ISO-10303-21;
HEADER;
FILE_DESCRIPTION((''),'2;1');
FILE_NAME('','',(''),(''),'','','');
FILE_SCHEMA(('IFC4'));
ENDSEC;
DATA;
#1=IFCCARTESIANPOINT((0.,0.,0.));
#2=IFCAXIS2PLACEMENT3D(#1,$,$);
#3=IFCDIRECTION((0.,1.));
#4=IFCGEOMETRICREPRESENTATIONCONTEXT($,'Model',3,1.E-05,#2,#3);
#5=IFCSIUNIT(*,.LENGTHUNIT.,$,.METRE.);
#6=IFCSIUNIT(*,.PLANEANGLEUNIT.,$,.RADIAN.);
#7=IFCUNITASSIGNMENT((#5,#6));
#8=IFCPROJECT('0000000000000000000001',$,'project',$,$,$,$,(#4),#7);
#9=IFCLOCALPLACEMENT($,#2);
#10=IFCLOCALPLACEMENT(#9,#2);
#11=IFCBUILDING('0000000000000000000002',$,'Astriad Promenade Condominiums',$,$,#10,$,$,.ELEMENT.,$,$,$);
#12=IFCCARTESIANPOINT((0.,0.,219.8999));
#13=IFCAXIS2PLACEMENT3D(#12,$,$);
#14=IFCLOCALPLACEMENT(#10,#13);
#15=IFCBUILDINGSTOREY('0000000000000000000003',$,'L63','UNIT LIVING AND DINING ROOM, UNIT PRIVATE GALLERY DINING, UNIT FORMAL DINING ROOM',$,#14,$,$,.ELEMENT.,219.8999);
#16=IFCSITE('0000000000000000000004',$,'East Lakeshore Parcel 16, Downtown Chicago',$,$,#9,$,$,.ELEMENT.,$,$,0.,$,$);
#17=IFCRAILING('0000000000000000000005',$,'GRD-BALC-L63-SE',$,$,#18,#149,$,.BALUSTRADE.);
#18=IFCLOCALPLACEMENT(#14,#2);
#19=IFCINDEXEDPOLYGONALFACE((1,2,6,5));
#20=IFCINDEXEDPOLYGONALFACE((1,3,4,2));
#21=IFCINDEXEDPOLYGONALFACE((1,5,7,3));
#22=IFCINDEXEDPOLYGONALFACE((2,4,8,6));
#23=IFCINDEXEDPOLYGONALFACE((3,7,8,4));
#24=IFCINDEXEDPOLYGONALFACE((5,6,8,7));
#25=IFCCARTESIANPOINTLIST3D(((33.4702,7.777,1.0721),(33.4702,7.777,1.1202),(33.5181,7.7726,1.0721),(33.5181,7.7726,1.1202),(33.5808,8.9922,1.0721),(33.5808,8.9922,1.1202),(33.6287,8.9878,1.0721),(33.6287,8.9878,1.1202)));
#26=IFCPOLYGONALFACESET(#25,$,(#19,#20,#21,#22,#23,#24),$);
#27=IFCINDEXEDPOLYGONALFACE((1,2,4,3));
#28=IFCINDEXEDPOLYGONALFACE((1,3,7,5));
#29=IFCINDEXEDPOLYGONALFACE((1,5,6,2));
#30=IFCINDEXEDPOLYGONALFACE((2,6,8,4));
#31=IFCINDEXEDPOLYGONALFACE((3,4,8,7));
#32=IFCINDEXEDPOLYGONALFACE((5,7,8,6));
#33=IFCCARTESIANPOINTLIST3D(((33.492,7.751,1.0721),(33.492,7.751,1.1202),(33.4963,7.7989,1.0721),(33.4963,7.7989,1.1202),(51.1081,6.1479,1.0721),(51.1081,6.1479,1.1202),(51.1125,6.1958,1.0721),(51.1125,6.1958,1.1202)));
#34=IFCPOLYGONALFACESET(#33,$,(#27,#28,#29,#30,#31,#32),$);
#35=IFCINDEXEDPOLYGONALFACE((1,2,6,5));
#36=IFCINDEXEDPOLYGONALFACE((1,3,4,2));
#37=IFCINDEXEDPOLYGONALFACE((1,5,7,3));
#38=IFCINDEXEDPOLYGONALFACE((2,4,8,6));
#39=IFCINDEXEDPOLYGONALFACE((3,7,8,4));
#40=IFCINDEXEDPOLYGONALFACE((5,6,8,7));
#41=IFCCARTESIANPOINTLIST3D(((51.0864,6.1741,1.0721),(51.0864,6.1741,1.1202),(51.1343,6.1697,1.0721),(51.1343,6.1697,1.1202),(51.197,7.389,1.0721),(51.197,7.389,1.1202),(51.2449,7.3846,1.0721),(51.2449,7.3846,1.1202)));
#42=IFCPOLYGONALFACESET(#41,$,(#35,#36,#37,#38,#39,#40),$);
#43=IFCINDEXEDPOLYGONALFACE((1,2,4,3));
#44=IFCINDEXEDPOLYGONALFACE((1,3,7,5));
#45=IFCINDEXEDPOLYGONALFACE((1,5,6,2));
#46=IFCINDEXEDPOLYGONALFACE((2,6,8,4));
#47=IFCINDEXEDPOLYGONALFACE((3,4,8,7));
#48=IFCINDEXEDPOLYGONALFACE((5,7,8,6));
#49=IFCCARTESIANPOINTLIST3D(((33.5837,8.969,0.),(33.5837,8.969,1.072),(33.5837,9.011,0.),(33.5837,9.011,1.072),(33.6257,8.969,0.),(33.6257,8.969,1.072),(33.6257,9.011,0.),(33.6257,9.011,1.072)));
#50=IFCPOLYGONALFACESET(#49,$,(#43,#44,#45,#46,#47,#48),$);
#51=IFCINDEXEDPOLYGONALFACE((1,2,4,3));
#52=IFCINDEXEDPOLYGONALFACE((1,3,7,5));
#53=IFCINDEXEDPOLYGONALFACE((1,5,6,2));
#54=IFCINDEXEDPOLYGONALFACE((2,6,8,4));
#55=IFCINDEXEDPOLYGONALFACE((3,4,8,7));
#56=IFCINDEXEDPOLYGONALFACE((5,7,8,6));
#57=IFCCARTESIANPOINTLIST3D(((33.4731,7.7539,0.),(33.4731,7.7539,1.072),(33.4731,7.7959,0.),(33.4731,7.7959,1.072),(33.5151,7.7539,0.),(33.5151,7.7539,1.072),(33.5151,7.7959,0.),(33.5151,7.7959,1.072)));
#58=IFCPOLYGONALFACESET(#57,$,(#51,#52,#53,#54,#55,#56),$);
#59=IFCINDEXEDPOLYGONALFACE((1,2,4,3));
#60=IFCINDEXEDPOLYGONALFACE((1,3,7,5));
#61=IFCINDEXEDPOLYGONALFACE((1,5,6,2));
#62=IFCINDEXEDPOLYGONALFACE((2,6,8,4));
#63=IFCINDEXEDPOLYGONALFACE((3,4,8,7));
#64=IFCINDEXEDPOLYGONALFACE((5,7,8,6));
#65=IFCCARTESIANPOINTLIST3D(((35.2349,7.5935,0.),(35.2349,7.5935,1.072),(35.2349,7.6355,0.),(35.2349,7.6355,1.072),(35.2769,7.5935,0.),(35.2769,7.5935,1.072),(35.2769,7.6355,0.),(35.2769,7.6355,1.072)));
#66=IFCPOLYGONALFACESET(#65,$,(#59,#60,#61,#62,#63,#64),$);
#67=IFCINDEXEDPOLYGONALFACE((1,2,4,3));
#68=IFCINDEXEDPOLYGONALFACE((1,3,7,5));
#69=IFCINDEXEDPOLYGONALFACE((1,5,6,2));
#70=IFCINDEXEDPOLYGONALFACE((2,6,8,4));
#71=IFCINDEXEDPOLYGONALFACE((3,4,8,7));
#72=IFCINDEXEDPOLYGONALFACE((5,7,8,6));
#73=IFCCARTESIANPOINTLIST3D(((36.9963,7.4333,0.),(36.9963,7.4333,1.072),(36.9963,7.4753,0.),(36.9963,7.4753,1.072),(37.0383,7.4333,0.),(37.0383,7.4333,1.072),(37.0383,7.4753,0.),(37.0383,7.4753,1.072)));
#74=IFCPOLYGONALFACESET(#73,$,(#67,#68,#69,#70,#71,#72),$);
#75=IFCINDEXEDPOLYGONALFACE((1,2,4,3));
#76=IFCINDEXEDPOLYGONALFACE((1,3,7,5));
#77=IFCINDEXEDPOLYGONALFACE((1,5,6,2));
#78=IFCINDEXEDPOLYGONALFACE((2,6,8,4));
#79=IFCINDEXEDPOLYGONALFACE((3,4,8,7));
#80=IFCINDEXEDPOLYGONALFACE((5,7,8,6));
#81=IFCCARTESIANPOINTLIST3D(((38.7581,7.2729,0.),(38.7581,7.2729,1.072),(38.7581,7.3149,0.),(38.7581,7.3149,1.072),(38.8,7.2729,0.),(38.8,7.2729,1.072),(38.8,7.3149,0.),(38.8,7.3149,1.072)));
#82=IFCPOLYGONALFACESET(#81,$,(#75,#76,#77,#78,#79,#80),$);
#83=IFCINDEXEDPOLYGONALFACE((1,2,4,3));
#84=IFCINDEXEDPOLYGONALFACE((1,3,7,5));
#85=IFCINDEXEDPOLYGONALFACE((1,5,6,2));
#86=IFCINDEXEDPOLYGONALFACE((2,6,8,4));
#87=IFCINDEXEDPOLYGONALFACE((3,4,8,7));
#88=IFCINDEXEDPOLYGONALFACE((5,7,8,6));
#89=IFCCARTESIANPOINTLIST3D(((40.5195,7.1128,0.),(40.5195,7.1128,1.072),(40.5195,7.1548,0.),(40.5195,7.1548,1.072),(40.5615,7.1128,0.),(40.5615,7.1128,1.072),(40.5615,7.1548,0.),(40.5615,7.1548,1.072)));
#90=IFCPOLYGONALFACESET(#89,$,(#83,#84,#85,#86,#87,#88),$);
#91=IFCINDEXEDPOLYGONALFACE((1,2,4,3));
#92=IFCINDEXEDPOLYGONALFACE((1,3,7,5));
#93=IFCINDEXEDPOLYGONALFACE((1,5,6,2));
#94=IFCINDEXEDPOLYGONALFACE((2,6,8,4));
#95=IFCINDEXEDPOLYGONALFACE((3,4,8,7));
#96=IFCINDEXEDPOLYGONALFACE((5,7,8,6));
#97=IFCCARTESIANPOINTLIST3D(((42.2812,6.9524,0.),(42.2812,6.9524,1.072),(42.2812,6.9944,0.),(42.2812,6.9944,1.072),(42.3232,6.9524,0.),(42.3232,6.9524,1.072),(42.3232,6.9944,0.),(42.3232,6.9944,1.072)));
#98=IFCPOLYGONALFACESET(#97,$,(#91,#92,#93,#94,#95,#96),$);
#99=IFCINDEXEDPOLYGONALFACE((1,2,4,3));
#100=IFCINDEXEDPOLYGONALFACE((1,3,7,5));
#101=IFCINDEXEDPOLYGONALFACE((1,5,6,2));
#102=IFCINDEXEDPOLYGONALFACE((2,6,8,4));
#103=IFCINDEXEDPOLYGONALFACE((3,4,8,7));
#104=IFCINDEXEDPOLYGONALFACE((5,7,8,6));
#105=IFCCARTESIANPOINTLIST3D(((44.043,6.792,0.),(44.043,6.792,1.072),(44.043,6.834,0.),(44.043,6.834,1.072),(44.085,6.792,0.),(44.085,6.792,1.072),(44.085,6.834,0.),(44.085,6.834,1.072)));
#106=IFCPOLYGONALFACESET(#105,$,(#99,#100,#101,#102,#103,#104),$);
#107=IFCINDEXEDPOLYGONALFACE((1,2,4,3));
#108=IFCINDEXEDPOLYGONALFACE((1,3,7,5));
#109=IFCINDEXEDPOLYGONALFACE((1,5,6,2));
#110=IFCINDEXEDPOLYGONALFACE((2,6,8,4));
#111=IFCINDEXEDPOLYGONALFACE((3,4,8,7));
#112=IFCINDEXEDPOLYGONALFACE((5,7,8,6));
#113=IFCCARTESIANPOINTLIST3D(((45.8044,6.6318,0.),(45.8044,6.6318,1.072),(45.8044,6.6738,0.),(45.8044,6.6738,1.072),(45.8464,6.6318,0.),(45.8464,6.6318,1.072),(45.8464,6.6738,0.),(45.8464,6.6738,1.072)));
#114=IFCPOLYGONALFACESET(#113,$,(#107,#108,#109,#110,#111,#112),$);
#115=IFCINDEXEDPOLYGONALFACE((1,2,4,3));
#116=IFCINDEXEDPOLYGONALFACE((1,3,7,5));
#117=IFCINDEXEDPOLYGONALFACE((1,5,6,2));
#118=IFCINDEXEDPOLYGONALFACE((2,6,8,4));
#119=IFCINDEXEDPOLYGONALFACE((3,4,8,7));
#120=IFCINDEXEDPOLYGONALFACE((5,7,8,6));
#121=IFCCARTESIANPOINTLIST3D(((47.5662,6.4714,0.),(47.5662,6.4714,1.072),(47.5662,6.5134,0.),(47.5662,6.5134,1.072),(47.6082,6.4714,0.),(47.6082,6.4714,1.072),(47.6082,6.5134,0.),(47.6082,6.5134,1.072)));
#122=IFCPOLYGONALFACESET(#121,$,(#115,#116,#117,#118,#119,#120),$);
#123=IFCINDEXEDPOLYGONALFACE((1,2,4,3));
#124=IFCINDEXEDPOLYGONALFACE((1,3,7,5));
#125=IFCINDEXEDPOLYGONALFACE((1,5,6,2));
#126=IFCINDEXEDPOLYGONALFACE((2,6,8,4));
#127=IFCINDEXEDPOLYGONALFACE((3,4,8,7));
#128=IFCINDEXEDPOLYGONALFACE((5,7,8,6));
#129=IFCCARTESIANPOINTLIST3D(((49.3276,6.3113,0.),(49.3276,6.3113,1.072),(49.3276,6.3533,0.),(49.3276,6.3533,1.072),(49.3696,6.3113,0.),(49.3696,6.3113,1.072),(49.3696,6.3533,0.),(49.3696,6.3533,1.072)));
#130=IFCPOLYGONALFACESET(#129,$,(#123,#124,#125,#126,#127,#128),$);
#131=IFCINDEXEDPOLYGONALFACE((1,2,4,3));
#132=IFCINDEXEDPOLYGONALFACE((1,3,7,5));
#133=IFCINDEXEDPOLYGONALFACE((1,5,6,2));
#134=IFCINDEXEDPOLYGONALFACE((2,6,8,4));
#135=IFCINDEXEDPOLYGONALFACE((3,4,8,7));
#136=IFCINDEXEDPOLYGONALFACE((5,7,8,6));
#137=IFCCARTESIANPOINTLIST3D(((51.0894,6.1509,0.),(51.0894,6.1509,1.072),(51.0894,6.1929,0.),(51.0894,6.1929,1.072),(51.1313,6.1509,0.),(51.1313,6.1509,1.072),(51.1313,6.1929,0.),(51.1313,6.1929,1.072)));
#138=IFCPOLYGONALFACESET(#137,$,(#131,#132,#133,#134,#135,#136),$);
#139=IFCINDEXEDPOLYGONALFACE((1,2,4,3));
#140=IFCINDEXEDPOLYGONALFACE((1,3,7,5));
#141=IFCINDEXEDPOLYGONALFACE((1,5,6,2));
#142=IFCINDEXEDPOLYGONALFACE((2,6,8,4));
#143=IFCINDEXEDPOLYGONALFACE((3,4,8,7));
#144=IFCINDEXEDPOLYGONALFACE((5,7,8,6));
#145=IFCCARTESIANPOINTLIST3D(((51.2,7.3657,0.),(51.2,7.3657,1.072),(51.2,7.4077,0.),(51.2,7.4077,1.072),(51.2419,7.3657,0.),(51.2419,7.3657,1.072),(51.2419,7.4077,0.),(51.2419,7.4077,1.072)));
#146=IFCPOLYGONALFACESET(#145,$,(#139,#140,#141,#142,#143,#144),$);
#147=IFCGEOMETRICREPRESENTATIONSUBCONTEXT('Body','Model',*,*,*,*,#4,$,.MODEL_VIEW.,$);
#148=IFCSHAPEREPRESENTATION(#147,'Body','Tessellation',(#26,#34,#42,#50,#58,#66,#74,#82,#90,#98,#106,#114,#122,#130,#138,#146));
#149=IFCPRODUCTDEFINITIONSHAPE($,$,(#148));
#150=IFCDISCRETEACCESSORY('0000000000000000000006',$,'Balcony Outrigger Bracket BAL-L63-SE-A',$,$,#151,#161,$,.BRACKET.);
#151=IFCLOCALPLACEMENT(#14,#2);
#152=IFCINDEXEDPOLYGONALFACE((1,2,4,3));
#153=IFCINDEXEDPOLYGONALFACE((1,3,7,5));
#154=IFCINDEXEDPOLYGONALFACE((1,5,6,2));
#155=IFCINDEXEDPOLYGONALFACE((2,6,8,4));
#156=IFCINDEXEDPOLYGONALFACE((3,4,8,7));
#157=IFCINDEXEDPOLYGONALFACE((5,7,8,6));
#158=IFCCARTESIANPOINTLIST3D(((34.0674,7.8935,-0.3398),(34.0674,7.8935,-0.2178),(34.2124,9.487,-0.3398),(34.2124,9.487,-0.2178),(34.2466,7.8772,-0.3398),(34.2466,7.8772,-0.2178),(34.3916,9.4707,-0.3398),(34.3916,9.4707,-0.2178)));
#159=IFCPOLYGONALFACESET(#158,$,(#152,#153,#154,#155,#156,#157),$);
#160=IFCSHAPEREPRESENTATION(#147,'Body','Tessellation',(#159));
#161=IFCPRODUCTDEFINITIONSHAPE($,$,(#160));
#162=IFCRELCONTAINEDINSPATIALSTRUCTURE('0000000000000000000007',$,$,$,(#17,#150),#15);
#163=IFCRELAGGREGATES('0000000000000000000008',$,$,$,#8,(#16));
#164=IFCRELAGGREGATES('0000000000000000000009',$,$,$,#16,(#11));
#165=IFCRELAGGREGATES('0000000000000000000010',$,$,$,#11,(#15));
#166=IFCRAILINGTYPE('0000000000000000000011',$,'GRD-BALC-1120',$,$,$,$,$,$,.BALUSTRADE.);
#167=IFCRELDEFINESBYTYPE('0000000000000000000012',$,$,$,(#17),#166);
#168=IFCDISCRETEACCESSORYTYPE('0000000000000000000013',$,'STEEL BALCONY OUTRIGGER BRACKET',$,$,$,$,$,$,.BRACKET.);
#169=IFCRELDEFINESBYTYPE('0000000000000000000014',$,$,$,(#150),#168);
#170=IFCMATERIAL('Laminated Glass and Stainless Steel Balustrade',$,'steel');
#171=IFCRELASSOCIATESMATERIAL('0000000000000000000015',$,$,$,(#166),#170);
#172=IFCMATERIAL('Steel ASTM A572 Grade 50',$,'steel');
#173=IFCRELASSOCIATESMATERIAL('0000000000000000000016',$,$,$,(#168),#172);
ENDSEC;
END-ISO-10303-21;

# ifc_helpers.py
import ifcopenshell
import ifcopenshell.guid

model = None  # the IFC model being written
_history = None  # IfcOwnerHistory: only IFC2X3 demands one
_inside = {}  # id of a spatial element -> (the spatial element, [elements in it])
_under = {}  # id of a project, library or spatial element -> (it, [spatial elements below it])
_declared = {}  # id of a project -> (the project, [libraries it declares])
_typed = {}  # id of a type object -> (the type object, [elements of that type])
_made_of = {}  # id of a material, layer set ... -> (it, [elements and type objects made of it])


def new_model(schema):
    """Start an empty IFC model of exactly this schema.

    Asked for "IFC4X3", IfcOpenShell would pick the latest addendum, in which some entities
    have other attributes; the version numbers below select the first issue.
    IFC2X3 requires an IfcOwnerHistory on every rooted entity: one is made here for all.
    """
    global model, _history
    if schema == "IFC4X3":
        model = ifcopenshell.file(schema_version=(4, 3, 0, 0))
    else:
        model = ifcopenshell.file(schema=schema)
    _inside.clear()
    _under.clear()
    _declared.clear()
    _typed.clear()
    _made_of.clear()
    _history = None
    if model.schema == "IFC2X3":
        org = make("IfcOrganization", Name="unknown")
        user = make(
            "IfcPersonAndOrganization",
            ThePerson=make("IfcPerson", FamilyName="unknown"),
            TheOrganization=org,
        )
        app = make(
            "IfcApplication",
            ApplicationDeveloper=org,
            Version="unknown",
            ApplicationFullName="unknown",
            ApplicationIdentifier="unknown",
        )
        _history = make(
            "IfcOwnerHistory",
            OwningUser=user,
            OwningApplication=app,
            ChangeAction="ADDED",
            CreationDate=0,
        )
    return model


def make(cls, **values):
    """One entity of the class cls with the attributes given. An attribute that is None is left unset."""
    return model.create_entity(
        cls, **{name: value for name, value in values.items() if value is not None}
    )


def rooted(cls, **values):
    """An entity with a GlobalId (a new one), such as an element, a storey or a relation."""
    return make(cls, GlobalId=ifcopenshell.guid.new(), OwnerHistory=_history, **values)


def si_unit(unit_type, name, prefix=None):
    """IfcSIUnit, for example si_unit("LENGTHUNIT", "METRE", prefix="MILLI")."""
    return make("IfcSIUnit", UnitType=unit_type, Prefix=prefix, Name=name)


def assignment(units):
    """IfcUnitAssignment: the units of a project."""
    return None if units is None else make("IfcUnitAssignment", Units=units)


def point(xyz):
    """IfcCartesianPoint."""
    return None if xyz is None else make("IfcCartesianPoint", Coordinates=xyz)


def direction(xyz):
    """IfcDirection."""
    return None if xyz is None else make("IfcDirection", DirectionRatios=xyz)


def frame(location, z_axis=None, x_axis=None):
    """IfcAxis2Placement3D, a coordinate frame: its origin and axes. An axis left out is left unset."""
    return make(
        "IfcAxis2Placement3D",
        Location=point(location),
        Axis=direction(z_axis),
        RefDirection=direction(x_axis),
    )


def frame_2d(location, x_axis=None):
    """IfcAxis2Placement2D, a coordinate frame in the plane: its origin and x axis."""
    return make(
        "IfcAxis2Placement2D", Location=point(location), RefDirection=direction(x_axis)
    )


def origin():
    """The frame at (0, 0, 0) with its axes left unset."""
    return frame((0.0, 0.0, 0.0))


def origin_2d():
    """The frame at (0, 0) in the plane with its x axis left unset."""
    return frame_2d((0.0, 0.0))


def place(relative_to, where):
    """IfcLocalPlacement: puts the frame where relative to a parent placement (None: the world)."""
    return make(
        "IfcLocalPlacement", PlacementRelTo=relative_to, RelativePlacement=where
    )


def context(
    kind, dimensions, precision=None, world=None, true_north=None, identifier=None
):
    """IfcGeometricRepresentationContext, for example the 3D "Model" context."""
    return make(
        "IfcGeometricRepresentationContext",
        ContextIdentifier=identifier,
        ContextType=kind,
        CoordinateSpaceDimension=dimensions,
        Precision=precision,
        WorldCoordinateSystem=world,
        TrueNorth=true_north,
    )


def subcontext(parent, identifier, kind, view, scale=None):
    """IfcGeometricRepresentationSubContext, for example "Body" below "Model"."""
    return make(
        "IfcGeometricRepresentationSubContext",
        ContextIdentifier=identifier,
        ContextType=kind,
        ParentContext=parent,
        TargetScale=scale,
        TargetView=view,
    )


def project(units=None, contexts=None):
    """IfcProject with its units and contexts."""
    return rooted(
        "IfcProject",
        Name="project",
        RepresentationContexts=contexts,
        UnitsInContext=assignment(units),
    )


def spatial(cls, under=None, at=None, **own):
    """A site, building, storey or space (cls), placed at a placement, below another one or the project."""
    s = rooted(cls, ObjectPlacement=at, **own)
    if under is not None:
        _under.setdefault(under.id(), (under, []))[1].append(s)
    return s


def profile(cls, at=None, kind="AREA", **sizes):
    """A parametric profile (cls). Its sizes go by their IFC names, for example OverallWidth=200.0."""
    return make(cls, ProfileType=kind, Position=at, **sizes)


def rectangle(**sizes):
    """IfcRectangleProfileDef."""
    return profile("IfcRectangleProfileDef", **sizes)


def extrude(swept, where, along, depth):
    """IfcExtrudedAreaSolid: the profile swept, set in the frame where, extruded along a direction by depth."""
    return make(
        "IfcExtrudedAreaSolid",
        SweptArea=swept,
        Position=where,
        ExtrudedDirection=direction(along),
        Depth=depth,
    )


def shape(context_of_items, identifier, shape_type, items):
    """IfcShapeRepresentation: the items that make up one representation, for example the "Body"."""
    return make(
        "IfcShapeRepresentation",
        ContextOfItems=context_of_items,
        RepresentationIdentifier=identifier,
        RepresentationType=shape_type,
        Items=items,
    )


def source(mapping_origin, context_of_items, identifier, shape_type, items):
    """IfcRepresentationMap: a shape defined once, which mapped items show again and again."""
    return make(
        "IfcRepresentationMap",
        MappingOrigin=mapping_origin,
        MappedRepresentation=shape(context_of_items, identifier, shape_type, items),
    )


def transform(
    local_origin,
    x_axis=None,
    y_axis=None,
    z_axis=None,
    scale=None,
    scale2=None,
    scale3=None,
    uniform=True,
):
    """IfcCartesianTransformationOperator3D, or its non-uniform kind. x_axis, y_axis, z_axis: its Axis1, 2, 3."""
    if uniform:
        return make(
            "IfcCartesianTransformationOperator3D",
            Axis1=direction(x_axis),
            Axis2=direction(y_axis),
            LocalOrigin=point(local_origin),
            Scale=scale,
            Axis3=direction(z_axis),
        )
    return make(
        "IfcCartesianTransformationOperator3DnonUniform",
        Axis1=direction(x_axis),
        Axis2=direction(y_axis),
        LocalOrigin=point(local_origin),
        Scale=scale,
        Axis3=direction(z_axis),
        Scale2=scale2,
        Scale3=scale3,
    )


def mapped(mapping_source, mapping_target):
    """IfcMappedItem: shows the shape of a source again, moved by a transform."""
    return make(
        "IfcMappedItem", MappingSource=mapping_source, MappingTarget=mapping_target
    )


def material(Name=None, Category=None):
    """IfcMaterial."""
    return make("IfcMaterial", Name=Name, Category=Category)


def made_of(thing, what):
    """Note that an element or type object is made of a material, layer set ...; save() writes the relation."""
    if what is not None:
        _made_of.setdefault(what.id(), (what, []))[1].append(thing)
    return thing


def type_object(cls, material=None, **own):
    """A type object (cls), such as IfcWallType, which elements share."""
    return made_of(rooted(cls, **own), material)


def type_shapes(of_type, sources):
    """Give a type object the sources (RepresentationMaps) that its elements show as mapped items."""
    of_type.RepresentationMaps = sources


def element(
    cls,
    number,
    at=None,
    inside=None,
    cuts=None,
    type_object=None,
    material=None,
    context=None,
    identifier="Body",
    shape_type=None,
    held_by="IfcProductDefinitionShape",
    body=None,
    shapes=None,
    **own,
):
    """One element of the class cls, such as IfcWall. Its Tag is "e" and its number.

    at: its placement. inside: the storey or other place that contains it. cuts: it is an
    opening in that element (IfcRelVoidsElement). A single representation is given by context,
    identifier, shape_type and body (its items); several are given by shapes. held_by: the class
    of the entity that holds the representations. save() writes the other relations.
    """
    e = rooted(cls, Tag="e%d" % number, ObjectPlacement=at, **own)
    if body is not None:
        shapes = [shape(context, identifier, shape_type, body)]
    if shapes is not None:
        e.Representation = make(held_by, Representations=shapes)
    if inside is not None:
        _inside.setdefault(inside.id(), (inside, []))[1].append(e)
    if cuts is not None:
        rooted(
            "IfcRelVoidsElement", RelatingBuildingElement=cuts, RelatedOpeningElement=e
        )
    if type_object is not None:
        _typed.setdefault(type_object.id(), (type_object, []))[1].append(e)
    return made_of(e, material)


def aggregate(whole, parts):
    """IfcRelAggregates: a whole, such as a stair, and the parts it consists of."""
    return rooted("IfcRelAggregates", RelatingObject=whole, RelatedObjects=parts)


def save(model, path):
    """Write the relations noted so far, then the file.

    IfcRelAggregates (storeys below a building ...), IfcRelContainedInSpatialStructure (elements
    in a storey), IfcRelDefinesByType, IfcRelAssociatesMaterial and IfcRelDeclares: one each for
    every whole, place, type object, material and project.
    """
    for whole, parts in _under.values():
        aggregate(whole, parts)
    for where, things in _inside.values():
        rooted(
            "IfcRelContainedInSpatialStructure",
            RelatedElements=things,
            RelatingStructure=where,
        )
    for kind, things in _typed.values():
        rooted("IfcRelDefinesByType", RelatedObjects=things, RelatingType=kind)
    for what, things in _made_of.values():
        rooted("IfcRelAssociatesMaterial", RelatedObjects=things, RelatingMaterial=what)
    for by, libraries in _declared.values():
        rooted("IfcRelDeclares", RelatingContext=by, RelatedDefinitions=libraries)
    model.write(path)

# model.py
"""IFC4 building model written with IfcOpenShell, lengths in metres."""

from ifc_helpers import new_model, si_unit, direction, frame, origin, origin_2d, place, context, subcontext, project, spatial, rectangle, extrude, source, transform, mapped, material, type_object, type_shapes, element, save


model = new_model("IFC4")

# Units and contexts
model_context = context("Model", 3, precision=1e-05, world=origin(), true_north=direction((0.0, 1.0)))
body_context = subcontext(model_context, "Body", "Model", "MODEL_VIEW")
ifc_project = project(units=[si_unit("LENGTHUNIT", "METRE"), si_unit("PLANEANGLEUNIT", "RADIAN")], contexts=[model_context])

# Site, building, storey
site_placement = place(None, origin())
site = spatial("IfcSite", under=ifc_project, at=site_placement, Name="East Lakeshore Parcel 16, Downtown Chicago", CompositionType="ELEMENT", RefElevation=0.0)
building_placement = place(site_placement, origin())
building = spatial("IfcBuilding", under=site, at=building_placement, Name="Astriad Promenade Condominiums", CompositionType="ELEMENT")
storey_placement = place(building_placement, frame((0.0, 0.0, 219.8999)))
storey = spatial("IfcBuildingStorey", under=building, at=storey_placement, Name="L63", Description="UNIT LIVING AND DINING ROOM, UNIT PRIVATE GALLERY DINING, UNIT FORMAL DINING ROOM", CompositionType="ELEMENT", Elevation=219.8999)

# Railing
ifc_material_1 = material(Name="Laminated Glass and Stainless Steel Balustrade", Category="steel")
railing_type = type_object("IfcRailingType", Name="GRD-BALC-1120", PredefinedType="BALUSTRADE", material=ifc_material_1)
shared_shape_1 = source(origin(), body_context, "Body", "SweptSolid", [
    extrude(rectangle(XDim=0.0481, YDim=0.0481, at=origin_2d()), frame((0.0, 0.0, 1.0962), z_axis=(-0.090644, -0.995883, 0.0), x_axis=(0.995883, -0.090644, 0.0)), (0.0, 0.0, 1.0), 1.2202),
    extrude(rectangle(XDim=0.0481, YDim=0.0481, at=origin_2d()), frame((-0.1106, -1.2151, 1.0962), z_axis=(0.995885, -0.090623, 0.0), x_axis=(0.090623, 0.995885, 0.0)), (0.0, 0.0, 1.0), 17.689),
    extrude(rectangle(XDim=0.0481, YDim=0.0481, at=origin_2d()), frame((17.5056, -2.8181, 1.0962), z_axis=(0.090662, 0.995882, 0.0), x_axis=(-0.995882, 0.090662, 0.0)), (0.0, 0.0, 1.0), 1.22),
    extrude(rectangle(XDim=0.042, YDim=0.042, at=origin_2d()), origin(), (0.0, 0.0, 1.0), 1.072),
    extrude(rectangle(XDim=0.042, YDim=0.042, at=origin_2d()), frame((-0.1106, -1.2151, 0.0)), (0.0, 0.0, 1.0), 1.072),
    extrude(rectangle(XDim=0.042, YDim=0.042, at=origin_2d()), frame((1.6511, -1.3755, 0.0)), (0.0, 0.0, 1.0), 1.072),
    extrude(rectangle(XDim=0.042, YDim=0.042, at=origin_2d()), frame((3.4126, -1.5356, 0.0)), (0.0, 0.0, 1.0), 1.072),
    extrude(rectangle(XDim=0.042, YDim=0.042, at=origin_2d()), frame((5.1743, -1.696, 0.0)), (0.0, 0.0, 1.0), 1.072),
    extrude(rectangle(XDim=0.042, YDim=0.042, at=origin_2d()), frame((6.9358, -1.8562, 0.0)), (0.0, 0.0, 1.0), 1.072),
    extrude(rectangle(XDim=0.042, YDim=0.042, at=origin_2d()), frame((8.6975, -2.0166, 0.0)), (0.0, 0.0, 1.0), 1.072),
    extrude(rectangle(XDim=0.042, YDim=0.042, at=origin_2d()), frame((10.4592, -2.177, 0.0)), (0.0, 0.0, 1.0), 1.072),
    extrude(rectangle(XDim=0.042, YDim=0.042, at=origin_2d()), frame((12.2207, -2.3372, 0.0)), (0.0, 0.0, 1.0), 1.072),
    extrude(rectangle(XDim=0.042, YDim=0.042, at=origin_2d()), frame((13.9824, -2.4976, 0.0)), (0.0, 0.0, 1.0), 1.072),
    extrude(rectangle(XDim=0.042, YDim=0.042, at=origin_2d()), frame((15.7439, -2.6577, 0.0)), (0.0, 0.0, 1.0), 1.072),
    extrude(rectangle(XDim=0.042, YDim=0.042, at=origin_2d()), frame((17.5056, -2.8181, 0.0)), (0.0, 0.0, 1.0), 1.072),
    extrude(rectangle(XDim=0.042, YDim=0.042, at=origin_2d()), frame((17.6162, -1.6033, 0.0)), (0.0, 0.0, 1.0), 1.072),
])
type_shapes(railing_type, [shared_shape_1])
railing_placement = place(storey_placement, frame((33.6047, 8.99, 0.0)))
element("IfcRailing", 1, at=railing_placement, inside=storey, type_object=railing_type, Name="GRD-BALC-L63-SE", PredefinedType="BALUSTRADE", context=body_context, shape_type="MappedRepresentation", body=[
    mapped(shared_shape_1, transform((0.0, 0.0, 0.0), scale=1.0)),
])

# Discrete accessory
ifc_material_2 = material(Name="Steel ASTM A572 Grade 50", Category="steel")
discrete_accessory_type = type_object("IfcDiscreteAccessoryType", Name="STEEL BALCONY OUTRIGGER BRACKET", PredefinedType="BRACKET", material=ifc_material_2)
shared_shape_2 = source(origin(), body_context, "Body", "SweptSolid", [
    extrude(rectangle(XDim=1.6001, YDim=0.1799, at=origin_2d()), origin(), (0.0, 0.0, 1.0), 0.1221),
])
type_shapes(discrete_accessory_type, [shared_shape_2])
discrete_accessory_placement = place(storey_placement, frame((34.2295, 8.6821, -0.3398), z_axis=(0.0, 0.0, 1.0), x_axis=(-0.090633, -0.995884, 0.0)))
element("IfcDiscreteAccessory", 2, at=discrete_accessory_placement, inside=storey, type_object=discrete_accessory_type, Name="Balcony Outrigger Bracket BAL-L63-SE-A", PredefinedType="BRACKET", context=body_context, shape_type="MappedRepresentation", body=[
    mapped(shared_shape_2, transform((0.0, 0.0, 0.0), scale=1.0)),
])

save(model, "model.ifc")
